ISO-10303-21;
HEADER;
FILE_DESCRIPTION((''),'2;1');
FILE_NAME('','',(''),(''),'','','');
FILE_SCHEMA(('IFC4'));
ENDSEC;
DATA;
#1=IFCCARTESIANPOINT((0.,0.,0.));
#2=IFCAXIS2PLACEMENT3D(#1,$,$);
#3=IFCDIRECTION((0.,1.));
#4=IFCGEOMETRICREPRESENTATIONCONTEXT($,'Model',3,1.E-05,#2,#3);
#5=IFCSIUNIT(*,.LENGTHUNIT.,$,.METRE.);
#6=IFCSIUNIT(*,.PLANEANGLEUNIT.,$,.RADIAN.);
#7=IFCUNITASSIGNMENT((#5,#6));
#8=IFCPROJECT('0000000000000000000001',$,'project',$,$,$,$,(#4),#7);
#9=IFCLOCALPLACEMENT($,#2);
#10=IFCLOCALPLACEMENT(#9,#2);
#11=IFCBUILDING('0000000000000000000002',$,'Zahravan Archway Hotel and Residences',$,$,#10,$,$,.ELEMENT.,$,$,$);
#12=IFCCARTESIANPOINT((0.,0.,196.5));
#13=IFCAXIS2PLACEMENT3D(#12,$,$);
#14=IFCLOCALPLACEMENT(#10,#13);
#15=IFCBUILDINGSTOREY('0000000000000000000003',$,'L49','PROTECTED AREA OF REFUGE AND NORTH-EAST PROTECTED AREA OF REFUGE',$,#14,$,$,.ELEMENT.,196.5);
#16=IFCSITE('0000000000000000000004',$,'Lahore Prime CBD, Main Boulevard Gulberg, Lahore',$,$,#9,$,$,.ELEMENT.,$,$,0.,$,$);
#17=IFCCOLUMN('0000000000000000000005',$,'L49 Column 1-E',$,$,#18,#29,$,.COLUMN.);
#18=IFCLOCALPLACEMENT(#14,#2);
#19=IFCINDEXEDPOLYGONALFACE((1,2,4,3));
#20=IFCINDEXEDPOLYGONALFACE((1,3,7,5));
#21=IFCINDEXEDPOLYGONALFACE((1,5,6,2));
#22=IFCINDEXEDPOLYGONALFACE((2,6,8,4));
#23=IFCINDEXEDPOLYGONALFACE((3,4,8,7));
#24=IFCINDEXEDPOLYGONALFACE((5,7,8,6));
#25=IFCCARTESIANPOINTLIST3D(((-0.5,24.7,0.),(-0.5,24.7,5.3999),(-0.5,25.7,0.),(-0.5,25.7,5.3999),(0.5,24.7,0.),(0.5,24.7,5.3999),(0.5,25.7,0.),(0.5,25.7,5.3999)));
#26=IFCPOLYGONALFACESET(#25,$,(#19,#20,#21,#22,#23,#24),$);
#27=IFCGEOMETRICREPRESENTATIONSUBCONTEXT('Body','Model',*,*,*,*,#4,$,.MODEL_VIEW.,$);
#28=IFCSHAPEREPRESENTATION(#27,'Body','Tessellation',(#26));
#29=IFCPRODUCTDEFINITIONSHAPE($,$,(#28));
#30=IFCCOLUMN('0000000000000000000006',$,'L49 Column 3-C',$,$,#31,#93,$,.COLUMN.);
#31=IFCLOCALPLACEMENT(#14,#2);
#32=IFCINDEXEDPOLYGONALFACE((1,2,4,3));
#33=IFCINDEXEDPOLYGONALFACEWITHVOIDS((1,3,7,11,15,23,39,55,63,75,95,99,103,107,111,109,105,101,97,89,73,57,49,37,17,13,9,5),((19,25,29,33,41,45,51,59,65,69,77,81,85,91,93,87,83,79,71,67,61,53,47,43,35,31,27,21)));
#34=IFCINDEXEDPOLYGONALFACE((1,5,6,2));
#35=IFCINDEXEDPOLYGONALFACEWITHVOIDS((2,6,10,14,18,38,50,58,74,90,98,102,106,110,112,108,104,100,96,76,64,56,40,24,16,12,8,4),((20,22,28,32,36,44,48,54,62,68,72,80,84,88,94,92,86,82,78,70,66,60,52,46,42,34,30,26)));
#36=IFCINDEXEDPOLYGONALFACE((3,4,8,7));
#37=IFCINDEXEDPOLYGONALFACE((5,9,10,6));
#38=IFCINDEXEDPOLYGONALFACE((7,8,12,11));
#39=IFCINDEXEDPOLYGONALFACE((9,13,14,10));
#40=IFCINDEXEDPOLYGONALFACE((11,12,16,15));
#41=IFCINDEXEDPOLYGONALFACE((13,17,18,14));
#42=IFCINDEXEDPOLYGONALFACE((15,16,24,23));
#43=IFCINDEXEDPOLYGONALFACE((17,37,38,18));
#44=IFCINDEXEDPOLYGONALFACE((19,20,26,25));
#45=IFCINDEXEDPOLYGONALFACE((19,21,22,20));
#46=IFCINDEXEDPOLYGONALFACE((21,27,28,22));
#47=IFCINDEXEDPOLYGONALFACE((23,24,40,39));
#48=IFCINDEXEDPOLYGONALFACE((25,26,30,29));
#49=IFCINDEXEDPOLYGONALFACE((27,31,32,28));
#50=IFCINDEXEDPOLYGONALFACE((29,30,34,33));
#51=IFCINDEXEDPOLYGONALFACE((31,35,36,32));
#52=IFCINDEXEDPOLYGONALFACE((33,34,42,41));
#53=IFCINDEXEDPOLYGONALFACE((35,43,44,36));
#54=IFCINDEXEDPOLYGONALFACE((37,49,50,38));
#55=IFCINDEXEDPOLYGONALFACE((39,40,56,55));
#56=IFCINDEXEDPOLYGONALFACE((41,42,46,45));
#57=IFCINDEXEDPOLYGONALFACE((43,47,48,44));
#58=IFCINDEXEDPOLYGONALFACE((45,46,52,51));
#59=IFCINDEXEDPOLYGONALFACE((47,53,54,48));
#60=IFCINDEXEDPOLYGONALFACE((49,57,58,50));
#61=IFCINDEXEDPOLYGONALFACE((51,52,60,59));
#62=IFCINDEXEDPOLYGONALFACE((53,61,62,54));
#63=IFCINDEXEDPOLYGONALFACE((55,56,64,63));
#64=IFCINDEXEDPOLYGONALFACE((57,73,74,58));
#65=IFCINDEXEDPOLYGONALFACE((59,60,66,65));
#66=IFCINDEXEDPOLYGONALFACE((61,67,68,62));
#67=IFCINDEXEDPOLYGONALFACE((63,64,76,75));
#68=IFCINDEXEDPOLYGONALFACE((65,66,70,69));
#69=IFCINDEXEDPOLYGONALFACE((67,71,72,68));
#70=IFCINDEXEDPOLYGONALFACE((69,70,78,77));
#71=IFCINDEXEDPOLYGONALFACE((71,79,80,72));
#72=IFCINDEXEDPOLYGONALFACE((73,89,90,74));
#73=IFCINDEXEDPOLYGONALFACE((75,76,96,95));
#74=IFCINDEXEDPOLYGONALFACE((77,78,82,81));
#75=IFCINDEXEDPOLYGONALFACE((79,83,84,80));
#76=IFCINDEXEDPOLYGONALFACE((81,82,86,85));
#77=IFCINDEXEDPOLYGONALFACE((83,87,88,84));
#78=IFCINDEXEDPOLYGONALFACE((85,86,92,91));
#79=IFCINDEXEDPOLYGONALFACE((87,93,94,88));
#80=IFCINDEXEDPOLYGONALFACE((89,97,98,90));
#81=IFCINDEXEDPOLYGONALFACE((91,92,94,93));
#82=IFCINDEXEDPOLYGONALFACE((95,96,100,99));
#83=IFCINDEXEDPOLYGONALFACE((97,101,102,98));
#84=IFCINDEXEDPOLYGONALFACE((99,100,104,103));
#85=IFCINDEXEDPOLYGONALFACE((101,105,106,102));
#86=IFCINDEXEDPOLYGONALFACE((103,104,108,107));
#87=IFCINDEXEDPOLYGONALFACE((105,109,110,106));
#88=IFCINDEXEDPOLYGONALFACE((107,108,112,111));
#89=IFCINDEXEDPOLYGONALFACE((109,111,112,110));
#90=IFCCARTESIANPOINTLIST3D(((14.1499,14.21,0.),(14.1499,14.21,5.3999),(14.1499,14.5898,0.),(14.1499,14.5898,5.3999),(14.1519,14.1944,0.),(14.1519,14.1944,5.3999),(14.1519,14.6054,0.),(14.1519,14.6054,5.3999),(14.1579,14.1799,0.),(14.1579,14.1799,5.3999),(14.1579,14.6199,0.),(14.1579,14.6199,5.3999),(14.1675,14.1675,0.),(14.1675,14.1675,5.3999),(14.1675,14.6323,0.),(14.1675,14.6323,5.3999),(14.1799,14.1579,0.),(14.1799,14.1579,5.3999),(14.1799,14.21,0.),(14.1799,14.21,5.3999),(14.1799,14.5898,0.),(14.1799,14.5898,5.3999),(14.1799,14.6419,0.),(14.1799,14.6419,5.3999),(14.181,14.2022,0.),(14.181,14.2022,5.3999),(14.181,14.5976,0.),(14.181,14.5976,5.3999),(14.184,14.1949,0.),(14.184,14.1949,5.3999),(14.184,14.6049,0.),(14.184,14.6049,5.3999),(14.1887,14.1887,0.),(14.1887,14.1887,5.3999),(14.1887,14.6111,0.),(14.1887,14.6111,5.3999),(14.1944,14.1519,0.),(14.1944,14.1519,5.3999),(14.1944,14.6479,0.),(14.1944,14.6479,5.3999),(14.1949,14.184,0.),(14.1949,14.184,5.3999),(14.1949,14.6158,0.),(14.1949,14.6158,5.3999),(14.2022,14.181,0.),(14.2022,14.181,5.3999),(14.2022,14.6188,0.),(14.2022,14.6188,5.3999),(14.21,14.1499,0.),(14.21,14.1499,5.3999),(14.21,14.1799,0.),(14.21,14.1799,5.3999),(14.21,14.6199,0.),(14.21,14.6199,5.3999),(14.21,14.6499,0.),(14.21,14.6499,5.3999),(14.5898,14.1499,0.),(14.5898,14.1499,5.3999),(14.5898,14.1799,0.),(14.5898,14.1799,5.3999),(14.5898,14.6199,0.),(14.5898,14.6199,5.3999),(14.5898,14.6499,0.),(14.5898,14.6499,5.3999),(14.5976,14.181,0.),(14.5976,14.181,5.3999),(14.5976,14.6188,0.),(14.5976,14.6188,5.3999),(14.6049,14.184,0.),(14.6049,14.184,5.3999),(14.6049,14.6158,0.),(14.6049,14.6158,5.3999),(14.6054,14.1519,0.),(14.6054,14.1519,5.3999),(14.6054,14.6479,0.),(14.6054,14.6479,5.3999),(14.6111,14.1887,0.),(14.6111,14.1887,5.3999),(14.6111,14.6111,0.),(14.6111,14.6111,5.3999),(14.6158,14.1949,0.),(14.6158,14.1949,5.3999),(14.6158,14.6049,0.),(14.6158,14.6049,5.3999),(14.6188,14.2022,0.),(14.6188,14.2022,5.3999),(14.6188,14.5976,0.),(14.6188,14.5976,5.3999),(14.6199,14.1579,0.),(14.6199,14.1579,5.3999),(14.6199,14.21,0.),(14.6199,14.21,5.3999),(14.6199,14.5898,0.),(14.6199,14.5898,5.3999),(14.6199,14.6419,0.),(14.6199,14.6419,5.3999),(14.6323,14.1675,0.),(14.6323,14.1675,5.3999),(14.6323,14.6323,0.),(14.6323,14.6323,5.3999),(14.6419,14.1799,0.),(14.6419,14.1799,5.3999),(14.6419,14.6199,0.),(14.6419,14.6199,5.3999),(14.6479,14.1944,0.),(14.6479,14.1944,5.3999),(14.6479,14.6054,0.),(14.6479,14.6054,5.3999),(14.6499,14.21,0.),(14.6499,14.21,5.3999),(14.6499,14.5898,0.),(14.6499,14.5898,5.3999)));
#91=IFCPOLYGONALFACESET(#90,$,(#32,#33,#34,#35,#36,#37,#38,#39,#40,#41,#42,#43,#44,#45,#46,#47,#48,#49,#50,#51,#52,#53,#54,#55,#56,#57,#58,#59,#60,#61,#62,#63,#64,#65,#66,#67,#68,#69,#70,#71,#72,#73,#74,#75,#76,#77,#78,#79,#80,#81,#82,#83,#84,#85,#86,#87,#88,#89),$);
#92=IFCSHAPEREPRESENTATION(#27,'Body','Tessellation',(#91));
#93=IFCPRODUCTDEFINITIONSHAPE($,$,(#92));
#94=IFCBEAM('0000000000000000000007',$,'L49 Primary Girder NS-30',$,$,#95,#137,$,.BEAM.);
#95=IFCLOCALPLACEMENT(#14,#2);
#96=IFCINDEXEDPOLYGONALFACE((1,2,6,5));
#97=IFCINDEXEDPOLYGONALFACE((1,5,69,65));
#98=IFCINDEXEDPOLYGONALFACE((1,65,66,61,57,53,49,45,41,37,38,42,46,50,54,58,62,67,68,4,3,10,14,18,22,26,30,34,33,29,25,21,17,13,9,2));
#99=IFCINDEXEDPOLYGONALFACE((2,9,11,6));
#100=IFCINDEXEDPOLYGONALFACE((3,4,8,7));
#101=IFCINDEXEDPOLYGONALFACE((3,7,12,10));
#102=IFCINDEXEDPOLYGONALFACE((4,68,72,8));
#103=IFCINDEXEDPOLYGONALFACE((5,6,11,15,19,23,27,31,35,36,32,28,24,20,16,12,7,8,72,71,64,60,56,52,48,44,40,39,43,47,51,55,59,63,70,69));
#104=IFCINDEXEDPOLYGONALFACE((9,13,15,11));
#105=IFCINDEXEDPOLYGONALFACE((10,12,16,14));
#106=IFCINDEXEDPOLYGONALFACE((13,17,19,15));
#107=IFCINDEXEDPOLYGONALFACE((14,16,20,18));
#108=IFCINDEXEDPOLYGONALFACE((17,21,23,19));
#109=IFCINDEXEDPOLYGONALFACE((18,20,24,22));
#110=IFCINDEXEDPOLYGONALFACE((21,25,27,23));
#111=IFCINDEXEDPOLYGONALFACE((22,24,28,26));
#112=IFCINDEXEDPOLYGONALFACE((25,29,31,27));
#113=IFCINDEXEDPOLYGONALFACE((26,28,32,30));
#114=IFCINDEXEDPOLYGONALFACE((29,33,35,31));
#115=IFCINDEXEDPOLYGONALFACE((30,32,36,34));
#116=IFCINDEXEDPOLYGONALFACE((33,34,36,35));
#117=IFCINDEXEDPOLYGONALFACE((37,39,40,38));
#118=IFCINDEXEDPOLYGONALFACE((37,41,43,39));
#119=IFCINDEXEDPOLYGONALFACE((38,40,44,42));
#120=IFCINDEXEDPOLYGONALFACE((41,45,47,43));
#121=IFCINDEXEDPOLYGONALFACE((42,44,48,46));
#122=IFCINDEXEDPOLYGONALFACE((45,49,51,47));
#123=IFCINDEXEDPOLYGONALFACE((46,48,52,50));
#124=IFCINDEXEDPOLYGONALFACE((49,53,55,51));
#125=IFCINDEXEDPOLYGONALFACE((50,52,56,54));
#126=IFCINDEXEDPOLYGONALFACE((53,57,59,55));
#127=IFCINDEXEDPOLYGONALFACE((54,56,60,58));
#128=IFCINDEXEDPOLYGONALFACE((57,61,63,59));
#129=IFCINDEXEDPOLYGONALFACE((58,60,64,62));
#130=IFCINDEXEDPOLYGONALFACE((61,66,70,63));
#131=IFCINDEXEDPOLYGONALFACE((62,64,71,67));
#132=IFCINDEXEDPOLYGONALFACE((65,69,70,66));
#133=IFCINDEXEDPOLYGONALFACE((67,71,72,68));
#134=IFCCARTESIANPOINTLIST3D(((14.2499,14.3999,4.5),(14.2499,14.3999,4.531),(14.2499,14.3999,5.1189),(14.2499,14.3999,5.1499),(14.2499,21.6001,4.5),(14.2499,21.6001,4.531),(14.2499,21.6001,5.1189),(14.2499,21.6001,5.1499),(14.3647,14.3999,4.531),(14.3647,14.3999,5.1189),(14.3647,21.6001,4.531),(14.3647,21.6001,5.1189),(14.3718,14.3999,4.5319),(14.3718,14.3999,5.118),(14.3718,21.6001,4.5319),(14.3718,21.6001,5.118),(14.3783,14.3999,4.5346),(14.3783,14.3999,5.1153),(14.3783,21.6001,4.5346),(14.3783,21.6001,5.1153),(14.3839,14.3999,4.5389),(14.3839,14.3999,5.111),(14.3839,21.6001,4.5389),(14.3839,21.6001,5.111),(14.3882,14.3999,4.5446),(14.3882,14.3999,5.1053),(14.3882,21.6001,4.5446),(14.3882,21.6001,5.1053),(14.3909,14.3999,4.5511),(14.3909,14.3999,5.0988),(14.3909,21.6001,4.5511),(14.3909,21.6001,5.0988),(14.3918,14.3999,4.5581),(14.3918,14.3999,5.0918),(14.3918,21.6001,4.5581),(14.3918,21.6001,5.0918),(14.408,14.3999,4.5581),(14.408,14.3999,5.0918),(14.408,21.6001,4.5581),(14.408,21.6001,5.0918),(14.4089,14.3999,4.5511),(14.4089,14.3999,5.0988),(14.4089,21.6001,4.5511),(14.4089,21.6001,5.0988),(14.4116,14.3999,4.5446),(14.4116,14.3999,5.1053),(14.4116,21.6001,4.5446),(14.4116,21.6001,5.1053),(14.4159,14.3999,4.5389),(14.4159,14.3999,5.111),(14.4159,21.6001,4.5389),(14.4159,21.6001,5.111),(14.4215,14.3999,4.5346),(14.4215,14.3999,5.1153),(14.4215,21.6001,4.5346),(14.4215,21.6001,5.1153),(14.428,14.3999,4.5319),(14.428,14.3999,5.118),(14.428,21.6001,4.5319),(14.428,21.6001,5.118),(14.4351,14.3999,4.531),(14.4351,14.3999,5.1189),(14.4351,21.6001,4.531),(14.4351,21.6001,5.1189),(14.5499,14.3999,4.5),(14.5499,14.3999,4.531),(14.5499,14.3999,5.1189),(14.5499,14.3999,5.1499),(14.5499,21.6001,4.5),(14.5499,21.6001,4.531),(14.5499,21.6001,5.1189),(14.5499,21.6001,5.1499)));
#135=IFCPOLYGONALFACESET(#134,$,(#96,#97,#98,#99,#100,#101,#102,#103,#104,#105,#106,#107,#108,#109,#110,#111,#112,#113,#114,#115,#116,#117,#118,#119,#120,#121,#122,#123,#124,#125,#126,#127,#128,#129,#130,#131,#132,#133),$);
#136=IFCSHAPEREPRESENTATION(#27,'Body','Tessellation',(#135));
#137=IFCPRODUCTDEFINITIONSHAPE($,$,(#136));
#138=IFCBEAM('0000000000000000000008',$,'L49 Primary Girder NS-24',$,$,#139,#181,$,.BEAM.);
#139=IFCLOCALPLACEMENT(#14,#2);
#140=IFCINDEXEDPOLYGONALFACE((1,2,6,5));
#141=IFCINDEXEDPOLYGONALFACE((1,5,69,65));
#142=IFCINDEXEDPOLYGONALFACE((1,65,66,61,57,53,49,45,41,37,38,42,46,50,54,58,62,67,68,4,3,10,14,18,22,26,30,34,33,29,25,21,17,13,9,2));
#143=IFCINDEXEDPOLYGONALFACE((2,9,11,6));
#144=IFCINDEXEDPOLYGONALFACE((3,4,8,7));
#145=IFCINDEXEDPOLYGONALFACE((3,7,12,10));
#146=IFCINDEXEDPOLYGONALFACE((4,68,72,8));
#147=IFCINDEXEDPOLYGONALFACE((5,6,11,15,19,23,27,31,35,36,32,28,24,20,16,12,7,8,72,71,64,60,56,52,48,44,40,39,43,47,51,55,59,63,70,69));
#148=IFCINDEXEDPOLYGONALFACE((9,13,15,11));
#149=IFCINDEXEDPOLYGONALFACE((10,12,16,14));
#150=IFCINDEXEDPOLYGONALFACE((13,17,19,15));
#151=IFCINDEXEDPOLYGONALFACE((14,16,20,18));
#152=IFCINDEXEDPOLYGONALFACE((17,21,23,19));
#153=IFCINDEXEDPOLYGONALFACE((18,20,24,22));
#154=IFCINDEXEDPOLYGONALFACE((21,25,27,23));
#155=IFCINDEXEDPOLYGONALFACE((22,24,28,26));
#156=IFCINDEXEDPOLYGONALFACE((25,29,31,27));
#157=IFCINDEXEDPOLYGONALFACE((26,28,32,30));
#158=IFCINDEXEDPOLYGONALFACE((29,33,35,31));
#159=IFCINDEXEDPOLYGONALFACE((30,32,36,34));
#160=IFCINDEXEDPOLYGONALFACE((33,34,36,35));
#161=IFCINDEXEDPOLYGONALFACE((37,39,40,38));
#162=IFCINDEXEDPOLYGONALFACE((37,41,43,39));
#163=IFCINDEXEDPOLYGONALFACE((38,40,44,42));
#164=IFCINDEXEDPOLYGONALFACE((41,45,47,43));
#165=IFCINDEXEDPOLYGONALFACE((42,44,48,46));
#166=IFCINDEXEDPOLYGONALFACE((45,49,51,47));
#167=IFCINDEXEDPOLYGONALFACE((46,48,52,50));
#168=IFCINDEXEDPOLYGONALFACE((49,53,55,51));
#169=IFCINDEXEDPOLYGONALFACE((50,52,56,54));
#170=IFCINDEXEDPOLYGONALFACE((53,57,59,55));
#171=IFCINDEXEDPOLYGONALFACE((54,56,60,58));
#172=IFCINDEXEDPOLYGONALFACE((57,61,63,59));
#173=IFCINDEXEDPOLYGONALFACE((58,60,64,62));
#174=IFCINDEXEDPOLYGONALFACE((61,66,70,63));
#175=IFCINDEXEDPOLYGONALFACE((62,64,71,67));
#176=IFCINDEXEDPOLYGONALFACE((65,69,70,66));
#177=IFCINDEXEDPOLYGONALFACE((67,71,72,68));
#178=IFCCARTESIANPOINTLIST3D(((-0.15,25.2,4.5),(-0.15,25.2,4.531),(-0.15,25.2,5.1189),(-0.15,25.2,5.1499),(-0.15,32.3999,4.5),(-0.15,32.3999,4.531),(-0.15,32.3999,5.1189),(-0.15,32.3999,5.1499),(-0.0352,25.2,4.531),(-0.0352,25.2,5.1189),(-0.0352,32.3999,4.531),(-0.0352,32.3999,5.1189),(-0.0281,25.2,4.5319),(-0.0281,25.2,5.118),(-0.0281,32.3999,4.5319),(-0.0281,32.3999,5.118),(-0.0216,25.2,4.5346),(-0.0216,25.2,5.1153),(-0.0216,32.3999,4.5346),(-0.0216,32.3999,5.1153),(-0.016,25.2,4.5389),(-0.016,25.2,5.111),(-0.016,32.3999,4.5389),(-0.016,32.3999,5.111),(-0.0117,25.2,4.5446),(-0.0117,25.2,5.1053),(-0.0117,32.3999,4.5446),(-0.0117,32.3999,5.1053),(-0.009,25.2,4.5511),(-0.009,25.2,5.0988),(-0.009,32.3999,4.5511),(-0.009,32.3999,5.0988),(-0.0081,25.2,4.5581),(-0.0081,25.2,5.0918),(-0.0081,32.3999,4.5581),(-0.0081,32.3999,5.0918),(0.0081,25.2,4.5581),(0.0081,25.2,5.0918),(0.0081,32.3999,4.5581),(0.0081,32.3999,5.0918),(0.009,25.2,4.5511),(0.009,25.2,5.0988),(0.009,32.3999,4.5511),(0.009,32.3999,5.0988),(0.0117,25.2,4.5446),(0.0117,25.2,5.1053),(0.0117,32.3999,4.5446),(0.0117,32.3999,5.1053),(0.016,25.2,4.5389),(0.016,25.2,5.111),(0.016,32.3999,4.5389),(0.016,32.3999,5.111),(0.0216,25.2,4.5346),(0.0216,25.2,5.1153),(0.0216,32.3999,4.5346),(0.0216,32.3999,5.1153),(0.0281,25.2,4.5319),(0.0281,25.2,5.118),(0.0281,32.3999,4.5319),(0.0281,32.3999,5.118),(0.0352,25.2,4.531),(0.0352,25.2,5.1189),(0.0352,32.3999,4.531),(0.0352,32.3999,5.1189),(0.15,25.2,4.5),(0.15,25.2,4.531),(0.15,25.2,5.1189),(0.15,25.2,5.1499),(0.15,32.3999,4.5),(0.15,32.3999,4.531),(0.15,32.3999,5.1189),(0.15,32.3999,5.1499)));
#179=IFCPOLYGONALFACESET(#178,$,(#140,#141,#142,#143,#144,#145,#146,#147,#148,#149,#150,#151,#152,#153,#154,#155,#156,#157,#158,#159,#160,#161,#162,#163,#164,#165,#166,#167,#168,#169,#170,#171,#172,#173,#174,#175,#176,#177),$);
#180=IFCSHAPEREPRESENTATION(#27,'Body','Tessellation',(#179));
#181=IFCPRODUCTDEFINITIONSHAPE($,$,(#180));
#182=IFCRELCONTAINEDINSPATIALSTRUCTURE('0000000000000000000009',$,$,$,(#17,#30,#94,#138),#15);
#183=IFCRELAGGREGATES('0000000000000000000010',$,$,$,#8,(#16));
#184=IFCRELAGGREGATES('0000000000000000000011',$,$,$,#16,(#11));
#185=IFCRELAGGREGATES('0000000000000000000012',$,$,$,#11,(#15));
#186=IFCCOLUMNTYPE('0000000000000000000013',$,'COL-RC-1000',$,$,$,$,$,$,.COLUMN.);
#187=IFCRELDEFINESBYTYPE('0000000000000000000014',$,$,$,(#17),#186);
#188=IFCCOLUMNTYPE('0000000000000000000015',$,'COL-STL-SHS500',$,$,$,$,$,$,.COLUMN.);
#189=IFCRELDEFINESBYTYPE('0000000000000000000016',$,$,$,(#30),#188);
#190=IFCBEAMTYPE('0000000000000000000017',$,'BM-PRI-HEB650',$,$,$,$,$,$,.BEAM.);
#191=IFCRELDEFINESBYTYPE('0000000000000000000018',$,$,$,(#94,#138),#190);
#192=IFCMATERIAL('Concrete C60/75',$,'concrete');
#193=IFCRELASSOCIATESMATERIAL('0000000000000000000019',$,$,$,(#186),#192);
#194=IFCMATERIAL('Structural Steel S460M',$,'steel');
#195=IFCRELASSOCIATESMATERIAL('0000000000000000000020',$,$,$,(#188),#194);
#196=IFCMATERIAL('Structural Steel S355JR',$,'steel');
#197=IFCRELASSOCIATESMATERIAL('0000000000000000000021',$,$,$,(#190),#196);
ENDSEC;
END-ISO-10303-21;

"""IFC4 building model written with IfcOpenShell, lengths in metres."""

from ifc_helpers import new_model, si_unit, direction, frame, origin, origin_2d, place, context, subcontext, project, spatial, rectangle, hollow_rectangle, i_section, extrude, source, transform, mapped, material, material_profile, profile_set, type_object, type_shapes, element, save


model = new_model("IFC4")

# Units and contexts
model_context = context("Model", 3, precision=1e-05, world=origin(), true_north=direction((0.0, 1.0)))
body_context = subcontext(model_context, "Body", "Model", "MODEL_VIEW")
ifc_project = project(units=[si_unit("LENGTHUNIT", "METRE"), si_unit("PLANEANGLEUNIT", "RADIAN")], contexts=[model_context])

# Site, building, storey
site_placement = place(None, origin())
site = spatial("IfcSite", under=ifc_project, at=site_placement, Name="Lahore Prime CBD, Main Boulevard Gulberg, Lahore", CompositionType="ELEMENT", RefElevation=0.0)
building_placement = place(site_placement, origin())
building = spatial("IfcBuilding", under=site, at=building_placement, Name="Zahravan Archway Hotel and Residences", CompositionType="ELEMENT")
storey_placement = place(building_placement, frame((0.0, 0.0, 196.5)))
storey = spatial("IfcBuildingStorey", under=building, at=storey_placement, Name="L49", Description="PROTECTED AREA OF REFUGE AND NORTH-EAST PROTECTED AREA OF REFUGE", CompositionType="ELEMENT", Elevation=196.5)

# Columns
ifc_material_1 = material(Name="Concrete C60/75", Category="concrete")
ifc_material_profile_1 = material_profile(ifc_material_1, rectangle(XDim=1.0, YDim=1.0, at=origin_2d()), Name="RC-COL-1000x1000", Category="concrete")
ifc_profile_set_1 = profile_set([ifc_material_profile_1], Name="Concrete C60/75")
column_type_1 = type_object("IfcColumnType", Name="COL-RC-1000", PredefinedType="COLUMN", material=ifc_profile_set_1)
shared_shape_1 = source(origin(), body_context, "Body", "SweptSolid", [
    extrude(rectangle(XDim=1.0, YDim=1.0, at=origin_2d()), origin(), (0.0, 0.0, 1.0), 5.3999),
])
column_1_placement = place(storey_placement, frame((0.0, 25.2, 0.0), z_axis=(0.0, 0.0, 1.0), x_axis=(1.0, 0.0, 0.0)))
element("IfcColumn", 1, at=column_1_placement, inside=storey, type_object=column_type_1, Name="L49 Column 1-E", PredefinedType="COLUMN", context=body_context, shape_type="MappedRepresentation", body=[
    mapped(shared_shape_1, transform((0.0, 0.0, 0.0), scale=1.0)),
])
ifc_material_2 = material(Name="Structural Steel S460M", Category="steel")
ifc_material_profile_2 = material_profile(ifc_material_2, hollow_rectangle(XDim=0.5, YDim=0.5, WallThickness=0.03, InnerFilletRadius=0.03, OuterFilletRadius=0.0601, at=origin_2d()), Name="SHS 500x500x30", Category="steel")
ifc_profile_set_2 = profile_set([ifc_material_profile_2], Name="Structural Steel S460M")
column_type_2 = type_object("IfcColumnType", Name="COL-STL-SHS500", PredefinedType="COLUMN", material=ifc_profile_set_2)
shared_shape_2 = source(origin(), body_context, "Body", "SweptSolid", [
    extrude(hollow_rectangle(XDim=0.5, YDim=0.5, WallThickness=0.03, InnerFilletRadius=0.03, OuterFilletRadius=0.0601, at=origin_2d()), origin(), (0.0, 0.0, 1.0), 5.3999),
])
type_shapes(column_type_2, [shared_shape_2])
column_2_placement = place(storey_placement, frame((14.3999, 14.3999, 0.0), z_axis=(0.0, 0.0, 1.0), x_axis=(1.0, 0.0, 0.0)))
element("IfcColumn", 2, at=column_2_placement, inside=storey, type_object=column_type_2, Name="L49 Column 3-C", PredefinedType="COLUMN", context=body_context, shape_type="MappedRepresentation", body=[
    mapped(shared_shape_2, transform((0.0, 0.0, 0.0), scale=1.0)),
])

# Beams
ifc_material_3 = material(Name="Structural Steel S355JR", Category="steel")
ifc_material_profile_3 = material_profile(ifc_material_3, i_section(OverallWidth=0.3, OverallDepth=0.6499, WebThickness=0.0161, FlangeThickness=0.031, FilletRadius=0.0271, at=origin_2d()), Name="HEB 650", Category="steel")
ifc_profile_set_3 = profile_set([ifc_material_profile_3], Name="Structural Steel S355JR")
beam_type_1 = type_object("IfcBeamType", Name="BM-PRI-HEB650", PredefinedType="BEAM", material=ifc_profile_set_3)
shared_shape_3 = source(origin(), body_context, "Body", "SweptSolid", [
    extrude(i_section(OverallWidth=0.3, OverallDepth=0.6499, WebThickness=0.0161, FlangeThickness=0.031, FilletRadius=0.0271, at=origin_2d()), origin(), (0.0, 0.0, 1.0), 7.2002),
])
type_shapes(beam_type_1, [shared_shape_3])
beam_1_placement = place(storey_placement, frame((14.3999, 14.3999, 4.825), z_axis=(0.0, 1.0, 0.0), x_axis=(-1.0, 0.0, 0.0)))
element("IfcBeam", 3, at=beam_1_placement, inside=storey, type_object=beam_type_1, Name="L49 Primary Girder NS-30", PredefinedType="BEAM", context=body_context, shape_type="MappedRepresentation", body=[
    mapped(shared_shape_3, transform((0.0, 0.0, 0.0), scale=1.0)),
])
shared_shape_4 = source(origin(), body_context, "Body", "SweptSolid", [
    extrude(i_section(OverallWidth=0.3, OverallDepth=0.6499, WebThickness=0.0161, FlangeThickness=0.031, FilletRadius=0.0271, at=origin_2d()), origin(), (0.0, 0.0, 1.0), 7.2),
])
beam_2_placement = place(storey_placement, frame((0.0, 25.2, 4.825), z_axis=(0.0, 1.0, 0.0), x_axis=(-1.0, 0.0, 0.0)))
element("IfcBeam", 4, at=beam_2_placement, inside=storey, type_object=beam_type_1, Name="L49 Primary Girder NS-24", PredefinedType="BEAM", context=body_context, shape_type="MappedRepresentation", body=[
    mapped(shared_shape_4, transform((0.0, 0.0, 0.0), scale=1.0)),
])

save(model, "model.ifc")
